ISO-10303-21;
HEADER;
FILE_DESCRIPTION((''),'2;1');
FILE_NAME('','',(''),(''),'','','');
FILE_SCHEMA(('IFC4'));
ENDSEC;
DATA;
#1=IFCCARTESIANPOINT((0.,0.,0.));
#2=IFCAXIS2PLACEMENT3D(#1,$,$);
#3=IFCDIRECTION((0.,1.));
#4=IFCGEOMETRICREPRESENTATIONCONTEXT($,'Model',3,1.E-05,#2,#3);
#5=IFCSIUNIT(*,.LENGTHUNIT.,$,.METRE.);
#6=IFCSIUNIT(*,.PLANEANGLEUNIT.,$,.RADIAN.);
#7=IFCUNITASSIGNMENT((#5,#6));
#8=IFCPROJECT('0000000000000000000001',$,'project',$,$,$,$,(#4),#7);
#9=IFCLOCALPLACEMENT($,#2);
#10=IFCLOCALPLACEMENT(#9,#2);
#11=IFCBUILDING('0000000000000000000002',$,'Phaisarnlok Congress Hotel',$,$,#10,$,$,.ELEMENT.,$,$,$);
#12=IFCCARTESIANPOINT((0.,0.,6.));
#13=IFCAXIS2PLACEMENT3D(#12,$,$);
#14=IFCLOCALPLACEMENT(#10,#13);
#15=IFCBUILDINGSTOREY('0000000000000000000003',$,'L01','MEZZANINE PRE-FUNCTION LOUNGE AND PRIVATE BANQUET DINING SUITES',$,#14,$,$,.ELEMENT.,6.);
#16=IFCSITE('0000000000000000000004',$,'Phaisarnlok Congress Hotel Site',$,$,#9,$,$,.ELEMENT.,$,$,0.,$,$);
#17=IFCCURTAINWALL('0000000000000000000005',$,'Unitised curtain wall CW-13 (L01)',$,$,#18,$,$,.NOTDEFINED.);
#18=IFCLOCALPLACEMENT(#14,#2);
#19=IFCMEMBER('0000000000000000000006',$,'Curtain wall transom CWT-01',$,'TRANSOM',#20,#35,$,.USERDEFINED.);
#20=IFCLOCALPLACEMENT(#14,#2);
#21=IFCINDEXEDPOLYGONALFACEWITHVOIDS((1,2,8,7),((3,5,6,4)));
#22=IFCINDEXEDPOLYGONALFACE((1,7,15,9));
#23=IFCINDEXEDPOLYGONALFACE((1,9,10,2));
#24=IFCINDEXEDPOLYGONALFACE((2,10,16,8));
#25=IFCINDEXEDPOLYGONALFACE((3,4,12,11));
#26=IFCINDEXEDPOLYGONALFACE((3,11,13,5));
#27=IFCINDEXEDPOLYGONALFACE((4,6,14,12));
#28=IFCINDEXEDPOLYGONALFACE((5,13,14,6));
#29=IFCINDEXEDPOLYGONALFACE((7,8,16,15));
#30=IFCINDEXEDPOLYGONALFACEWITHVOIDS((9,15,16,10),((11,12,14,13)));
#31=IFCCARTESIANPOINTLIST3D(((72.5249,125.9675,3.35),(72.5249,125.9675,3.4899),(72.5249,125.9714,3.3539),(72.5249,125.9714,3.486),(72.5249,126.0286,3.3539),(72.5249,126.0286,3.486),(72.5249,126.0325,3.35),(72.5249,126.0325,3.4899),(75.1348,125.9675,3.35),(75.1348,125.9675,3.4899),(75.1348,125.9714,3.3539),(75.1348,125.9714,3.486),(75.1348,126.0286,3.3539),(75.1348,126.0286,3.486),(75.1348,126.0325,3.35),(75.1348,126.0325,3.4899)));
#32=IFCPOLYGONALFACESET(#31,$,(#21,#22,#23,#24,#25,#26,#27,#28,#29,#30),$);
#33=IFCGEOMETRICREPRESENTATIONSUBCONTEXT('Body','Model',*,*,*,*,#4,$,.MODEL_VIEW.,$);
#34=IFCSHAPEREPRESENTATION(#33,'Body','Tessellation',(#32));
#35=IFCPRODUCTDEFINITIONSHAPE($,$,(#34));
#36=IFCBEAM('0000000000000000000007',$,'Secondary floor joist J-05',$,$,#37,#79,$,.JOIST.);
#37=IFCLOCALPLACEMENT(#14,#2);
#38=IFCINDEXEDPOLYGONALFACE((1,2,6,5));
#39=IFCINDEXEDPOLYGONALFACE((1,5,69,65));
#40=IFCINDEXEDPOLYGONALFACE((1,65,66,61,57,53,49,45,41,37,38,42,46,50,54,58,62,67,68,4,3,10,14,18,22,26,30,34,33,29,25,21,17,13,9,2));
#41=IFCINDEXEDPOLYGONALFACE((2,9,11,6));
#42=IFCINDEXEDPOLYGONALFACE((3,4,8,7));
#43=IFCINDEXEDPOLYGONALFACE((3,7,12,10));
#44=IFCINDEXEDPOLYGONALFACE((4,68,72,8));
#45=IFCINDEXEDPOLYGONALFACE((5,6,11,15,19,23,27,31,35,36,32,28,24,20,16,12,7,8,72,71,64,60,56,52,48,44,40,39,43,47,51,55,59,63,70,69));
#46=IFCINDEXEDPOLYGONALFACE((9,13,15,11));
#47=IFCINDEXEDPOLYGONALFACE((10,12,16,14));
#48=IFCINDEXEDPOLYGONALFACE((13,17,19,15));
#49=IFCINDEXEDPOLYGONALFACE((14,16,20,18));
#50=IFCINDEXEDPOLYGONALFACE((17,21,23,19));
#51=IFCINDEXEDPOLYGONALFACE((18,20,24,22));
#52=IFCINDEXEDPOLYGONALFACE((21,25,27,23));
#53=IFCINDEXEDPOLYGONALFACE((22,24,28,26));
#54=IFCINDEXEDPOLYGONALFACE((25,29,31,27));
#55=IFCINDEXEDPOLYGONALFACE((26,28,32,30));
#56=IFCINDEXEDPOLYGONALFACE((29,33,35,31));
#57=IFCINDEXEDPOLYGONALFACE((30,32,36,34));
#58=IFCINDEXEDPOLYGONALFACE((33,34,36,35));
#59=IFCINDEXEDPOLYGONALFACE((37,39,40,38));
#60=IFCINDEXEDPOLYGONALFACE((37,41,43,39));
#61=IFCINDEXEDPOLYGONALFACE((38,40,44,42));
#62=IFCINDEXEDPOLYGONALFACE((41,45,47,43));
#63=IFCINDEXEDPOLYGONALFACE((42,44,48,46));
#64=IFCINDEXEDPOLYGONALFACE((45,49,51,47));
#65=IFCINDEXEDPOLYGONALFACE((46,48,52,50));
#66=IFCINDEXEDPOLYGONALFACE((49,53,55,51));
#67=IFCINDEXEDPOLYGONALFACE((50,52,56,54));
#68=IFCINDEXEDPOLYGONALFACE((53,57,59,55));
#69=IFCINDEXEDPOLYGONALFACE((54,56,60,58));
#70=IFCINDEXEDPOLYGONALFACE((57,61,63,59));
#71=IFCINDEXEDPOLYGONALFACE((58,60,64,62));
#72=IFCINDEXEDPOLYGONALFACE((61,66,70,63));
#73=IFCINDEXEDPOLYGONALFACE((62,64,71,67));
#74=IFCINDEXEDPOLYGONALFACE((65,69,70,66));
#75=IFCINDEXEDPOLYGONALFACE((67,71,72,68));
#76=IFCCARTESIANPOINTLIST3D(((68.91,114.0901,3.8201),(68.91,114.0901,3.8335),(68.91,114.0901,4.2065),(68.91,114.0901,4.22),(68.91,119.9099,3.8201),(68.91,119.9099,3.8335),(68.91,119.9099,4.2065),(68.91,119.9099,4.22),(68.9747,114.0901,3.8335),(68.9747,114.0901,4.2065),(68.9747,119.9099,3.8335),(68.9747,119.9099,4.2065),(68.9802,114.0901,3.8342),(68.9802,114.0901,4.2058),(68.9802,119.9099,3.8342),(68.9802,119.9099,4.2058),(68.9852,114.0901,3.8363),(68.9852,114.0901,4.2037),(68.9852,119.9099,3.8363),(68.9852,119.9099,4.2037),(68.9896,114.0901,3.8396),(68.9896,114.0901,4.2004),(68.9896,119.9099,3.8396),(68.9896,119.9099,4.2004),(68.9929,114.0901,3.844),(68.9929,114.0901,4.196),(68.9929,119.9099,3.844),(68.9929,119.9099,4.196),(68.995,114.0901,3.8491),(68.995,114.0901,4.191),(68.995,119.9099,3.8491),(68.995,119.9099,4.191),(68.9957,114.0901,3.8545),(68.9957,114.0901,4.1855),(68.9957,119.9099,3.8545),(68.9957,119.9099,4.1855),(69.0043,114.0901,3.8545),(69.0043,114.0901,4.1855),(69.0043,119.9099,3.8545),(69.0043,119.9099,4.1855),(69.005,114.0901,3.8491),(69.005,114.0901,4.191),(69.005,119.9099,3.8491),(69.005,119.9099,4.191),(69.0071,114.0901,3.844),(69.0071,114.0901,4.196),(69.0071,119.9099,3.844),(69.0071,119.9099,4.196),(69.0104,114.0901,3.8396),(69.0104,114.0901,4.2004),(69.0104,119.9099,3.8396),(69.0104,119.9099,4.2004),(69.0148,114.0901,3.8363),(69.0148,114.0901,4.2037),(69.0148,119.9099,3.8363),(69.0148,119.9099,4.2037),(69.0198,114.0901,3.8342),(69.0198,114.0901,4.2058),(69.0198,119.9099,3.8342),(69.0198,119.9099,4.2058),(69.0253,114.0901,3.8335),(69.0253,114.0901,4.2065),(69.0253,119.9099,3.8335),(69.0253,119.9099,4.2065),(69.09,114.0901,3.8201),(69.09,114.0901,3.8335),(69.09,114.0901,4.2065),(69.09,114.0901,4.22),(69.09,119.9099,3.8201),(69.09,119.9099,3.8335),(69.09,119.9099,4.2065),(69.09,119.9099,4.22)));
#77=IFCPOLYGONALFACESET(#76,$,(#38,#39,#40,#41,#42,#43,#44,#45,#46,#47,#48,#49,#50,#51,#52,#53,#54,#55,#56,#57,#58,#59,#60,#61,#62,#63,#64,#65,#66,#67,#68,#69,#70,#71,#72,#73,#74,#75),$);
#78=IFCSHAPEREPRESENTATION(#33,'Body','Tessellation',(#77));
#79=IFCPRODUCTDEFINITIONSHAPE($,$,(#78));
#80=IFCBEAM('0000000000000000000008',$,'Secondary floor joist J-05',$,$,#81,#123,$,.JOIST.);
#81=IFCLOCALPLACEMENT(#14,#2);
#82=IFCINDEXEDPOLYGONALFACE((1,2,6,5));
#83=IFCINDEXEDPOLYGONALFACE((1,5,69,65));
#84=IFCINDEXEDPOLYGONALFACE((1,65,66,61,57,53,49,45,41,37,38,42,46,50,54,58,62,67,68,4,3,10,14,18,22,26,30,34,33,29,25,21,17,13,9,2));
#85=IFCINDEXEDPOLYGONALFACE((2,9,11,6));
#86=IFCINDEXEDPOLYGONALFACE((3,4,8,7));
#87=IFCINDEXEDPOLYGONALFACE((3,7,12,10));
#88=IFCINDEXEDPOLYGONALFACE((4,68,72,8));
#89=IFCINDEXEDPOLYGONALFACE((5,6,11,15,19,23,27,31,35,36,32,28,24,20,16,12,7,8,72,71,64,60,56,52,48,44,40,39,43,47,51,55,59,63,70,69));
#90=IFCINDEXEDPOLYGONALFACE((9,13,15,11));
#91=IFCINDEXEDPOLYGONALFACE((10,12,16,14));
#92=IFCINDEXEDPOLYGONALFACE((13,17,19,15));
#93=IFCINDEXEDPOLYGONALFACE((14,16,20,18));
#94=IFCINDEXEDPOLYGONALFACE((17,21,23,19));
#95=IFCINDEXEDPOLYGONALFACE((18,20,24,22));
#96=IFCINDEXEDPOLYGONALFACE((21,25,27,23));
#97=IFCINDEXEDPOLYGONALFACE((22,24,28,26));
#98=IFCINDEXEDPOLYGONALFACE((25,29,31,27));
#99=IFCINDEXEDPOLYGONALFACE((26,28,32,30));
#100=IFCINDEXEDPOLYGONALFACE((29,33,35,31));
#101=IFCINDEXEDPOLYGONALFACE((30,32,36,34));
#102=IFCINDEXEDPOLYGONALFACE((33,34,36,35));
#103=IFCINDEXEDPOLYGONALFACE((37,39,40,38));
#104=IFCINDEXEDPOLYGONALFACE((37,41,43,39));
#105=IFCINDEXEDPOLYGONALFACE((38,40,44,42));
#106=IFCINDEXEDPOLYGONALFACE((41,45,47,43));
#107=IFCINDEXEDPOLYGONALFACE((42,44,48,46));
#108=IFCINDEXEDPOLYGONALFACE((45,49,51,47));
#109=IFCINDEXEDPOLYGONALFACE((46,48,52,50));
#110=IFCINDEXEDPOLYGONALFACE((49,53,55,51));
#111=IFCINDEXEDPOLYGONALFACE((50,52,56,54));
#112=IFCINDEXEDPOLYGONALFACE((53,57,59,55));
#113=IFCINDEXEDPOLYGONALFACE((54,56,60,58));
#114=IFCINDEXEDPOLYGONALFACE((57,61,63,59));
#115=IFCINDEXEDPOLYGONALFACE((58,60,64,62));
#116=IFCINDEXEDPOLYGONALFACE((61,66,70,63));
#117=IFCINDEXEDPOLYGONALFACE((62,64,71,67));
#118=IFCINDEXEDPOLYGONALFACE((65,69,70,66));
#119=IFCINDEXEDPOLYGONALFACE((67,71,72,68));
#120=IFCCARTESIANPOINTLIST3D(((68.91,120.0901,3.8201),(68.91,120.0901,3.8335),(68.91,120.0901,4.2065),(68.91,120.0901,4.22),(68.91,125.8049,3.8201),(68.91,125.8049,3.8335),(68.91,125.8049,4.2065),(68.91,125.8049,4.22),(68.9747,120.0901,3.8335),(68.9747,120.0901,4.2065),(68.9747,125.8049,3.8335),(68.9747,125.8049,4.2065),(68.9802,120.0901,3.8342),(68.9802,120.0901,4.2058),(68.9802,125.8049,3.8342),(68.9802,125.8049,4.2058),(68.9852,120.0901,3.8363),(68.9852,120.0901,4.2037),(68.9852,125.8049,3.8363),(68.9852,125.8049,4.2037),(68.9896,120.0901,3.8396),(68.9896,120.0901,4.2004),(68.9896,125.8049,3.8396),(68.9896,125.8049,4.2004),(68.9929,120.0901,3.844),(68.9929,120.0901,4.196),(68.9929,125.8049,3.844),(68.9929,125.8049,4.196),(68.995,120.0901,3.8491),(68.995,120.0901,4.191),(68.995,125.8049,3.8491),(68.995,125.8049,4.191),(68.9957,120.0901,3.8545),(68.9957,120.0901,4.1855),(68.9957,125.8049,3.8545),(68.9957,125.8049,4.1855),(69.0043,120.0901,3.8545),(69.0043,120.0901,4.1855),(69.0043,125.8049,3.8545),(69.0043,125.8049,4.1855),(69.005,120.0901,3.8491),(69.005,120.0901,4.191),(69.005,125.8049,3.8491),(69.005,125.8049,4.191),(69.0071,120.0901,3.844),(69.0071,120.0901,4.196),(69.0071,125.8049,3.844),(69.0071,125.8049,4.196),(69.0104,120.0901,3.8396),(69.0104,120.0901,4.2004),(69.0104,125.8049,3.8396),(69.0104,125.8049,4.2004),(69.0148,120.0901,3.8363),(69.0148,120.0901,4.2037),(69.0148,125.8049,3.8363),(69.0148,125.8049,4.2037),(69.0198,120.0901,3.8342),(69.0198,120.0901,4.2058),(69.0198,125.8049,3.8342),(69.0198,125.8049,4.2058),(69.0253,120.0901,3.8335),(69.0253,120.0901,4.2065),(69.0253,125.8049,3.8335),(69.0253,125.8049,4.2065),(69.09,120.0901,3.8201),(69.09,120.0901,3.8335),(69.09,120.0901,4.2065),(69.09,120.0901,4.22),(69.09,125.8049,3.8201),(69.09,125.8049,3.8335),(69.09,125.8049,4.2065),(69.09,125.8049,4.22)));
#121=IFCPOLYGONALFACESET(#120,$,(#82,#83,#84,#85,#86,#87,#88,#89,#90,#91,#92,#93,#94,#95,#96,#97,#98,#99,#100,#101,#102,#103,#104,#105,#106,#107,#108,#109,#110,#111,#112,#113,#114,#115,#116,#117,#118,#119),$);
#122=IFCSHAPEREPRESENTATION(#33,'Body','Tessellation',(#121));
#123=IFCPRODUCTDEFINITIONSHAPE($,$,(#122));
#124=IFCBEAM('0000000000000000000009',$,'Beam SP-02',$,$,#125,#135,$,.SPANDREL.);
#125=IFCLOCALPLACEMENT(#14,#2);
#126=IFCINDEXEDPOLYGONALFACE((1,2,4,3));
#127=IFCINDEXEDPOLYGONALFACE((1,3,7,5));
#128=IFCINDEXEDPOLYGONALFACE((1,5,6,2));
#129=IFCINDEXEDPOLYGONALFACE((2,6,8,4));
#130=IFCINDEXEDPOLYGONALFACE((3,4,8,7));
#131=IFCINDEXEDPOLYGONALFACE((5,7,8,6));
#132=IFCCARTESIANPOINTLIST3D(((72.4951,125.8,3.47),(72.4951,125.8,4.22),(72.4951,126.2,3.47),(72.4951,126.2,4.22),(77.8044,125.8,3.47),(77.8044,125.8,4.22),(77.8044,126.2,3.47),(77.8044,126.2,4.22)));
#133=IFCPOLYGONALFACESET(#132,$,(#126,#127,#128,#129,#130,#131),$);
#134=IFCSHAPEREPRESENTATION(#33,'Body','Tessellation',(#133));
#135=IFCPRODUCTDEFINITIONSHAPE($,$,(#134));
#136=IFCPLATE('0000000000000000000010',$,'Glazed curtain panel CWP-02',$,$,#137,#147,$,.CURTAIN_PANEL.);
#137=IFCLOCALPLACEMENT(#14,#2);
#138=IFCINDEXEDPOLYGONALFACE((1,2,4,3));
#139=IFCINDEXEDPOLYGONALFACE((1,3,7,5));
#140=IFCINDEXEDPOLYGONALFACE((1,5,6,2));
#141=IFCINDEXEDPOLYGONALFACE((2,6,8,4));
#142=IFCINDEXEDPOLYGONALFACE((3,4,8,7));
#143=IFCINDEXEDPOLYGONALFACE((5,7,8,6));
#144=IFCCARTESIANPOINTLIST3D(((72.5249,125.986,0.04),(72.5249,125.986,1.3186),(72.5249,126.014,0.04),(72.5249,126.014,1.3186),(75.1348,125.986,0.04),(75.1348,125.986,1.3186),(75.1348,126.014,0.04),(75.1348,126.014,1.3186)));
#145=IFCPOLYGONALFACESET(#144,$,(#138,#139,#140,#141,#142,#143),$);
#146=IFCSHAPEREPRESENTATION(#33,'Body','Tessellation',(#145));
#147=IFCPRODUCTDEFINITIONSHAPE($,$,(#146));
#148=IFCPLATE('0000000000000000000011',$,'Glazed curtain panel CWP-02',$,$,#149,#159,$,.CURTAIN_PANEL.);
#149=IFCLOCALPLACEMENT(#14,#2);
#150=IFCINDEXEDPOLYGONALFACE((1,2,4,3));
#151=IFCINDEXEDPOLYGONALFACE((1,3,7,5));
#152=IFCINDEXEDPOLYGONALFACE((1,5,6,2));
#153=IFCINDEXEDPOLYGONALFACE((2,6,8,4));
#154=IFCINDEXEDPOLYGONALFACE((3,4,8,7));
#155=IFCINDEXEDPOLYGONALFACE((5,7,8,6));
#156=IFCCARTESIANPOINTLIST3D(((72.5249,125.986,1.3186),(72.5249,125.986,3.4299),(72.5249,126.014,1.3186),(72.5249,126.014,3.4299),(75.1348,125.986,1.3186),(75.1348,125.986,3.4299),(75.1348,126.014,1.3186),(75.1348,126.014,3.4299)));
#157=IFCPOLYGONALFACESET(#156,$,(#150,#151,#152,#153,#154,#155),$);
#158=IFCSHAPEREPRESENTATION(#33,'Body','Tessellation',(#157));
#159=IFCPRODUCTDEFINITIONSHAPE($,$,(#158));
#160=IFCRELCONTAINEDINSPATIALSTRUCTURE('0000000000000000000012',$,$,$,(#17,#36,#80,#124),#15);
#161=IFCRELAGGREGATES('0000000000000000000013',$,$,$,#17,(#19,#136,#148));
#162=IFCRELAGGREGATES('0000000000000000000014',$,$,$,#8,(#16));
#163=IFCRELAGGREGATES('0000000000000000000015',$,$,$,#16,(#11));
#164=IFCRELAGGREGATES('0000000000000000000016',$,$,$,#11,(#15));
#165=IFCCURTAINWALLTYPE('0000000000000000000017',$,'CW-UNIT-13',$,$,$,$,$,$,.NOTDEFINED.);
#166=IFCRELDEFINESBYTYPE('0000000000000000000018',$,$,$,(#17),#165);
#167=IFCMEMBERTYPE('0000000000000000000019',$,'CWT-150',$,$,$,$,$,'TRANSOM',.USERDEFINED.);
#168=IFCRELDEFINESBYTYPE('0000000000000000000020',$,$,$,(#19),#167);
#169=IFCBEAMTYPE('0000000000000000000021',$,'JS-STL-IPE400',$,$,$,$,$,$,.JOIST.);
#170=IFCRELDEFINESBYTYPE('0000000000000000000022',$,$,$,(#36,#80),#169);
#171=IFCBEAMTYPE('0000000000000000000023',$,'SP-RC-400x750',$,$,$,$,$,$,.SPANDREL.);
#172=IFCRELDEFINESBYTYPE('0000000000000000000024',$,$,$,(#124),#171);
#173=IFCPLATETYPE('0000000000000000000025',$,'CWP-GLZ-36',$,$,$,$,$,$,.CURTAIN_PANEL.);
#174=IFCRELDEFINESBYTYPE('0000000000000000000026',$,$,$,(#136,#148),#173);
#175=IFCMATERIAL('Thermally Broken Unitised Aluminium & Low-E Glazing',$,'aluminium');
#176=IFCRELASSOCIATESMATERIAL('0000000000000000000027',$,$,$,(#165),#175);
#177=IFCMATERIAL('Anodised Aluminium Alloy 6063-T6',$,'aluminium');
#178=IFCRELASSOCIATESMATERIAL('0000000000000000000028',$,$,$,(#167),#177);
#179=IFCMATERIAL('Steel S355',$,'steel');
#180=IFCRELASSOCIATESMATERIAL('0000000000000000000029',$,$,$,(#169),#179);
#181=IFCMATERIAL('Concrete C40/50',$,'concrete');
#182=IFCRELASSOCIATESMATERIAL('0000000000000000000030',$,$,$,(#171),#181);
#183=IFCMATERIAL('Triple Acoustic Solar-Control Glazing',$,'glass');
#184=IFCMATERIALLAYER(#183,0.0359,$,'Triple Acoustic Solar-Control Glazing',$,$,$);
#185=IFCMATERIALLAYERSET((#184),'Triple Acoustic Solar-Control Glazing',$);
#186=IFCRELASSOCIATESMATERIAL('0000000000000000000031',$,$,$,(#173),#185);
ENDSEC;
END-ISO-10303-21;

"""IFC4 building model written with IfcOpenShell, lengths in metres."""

from ifc_helpers import new_model, si_unit, direction, frame, frame_2d, origin, origin_2d, place, context, subcontext, project, spatial, rectangle, hollow_rectangle, i_section, extrude, material, layer, layer_set, material_profile, profile_set, type_object, element, aggregate, save


model = new_model("IFC4")

# Units and contexts
model_context = context("Model", 3, precision=1e-05, world=origin(), true_north=direction((0.0, 1.0)))
body_context = subcontext(model_context, "Body", "Model", "MODEL_VIEW")
ifc_project = project(units=[si_unit("LENGTHUNIT", "METRE"), si_unit("PLANEANGLEUNIT", "RADIAN")], contexts=[model_context])

# Site, building, storey
site_placement = place(None, origin())
site = spatial("IfcSite", under=ifc_project, at=site_placement, Name="Phaisarnlok Congress Hotel Site", CompositionType="ELEMENT", RefElevation=0.0)
building_placement = place(site_placement, origin())
building = spatial("IfcBuilding", under=site, at=building_placement, Name="Phaisarnlok Congress Hotel", CompositionType="ELEMENT")
storey_placement = place(building_placement, frame((0.0, 0.0, 6.0)))
storey = spatial("IfcBuildingStorey", under=building, at=storey_placement, Name="L01", Description="MEZZANINE PRE-FUNCTION LOUNGE AND PRIVATE BANQUET DINING SUITES", CompositionType="ELEMENT", Elevation=6.0)

# Shared definitions
ifc_material_1 = material(Name="Concrete C40/50", Category="concrete")

# Curtain wall, member
ifc_material_2 = material(Name="Thermally Broken Unitised Aluminium & Low-E Glazing", Category="aluminium")
curtain_wall_type = type_object("IfcCurtainWallType", Name="CW-UNIT-13", PredefinedType="NOTDEFINED", material=ifc_material_2)
curtain_wall_placement = place(storey_placement, origin())
curtain_wall = element("IfcCurtainWall", 1, at=curtain_wall_placement, inside=storey, type_object=curtain_wall_type, Name="Unitised curtain wall CW-13 (L01)", PredefinedType="NOTDEFINED")
ifc_material_3 = material(Name="Anodised Aluminium Alloy 6063-T6", Category="aluminium")
ifc_material_profile_1 = material_profile(ifc_material_3, hollow_rectangle(XDim=0.0649, YDim=0.1399, WallThickness=0.0039, at=origin_2d()), Name="ALU-T 65x140x4")
ifc_profile_set_1 = profile_set([ifc_material_profile_1], Name="Anodised Aluminium Alloy 6063-T6")
member_type_1 = type_object("IfcMemberType", Name="CWT-150", ElementType="TRANSOM", PredefinedType="USERDEFINED", material=ifc_profile_set_1)
member_1_placement = place(storey_placement, frame((75.1348, 126.0, 3.4199), z_axis=(-1.0, 0.0, 0.0), x_axis=(0.0, -1.0, 0.0)))
member_1 = element("IfcMember", 2, at=member_1_placement, type_object=member_type_1, Name="Curtain wall transom CWT-01", ObjectType="TRANSOM", PredefinedType="USERDEFINED", context=body_context, shape_type="SweptSolid", body=[
    extrude(hollow_rectangle(XDim=0.0649, YDim=0.1399, WallThickness=0.0039, at=origin_2d()), origin(), (0.0, 0.0, 1.0), 2.6099),
])

# Beams
ifc_material_4 = material(Name="Steel S355", Category="steel")
ifc_material_profile_2 = material_profile(ifc_material_4, i_section(OverallWidth=0.1799, OverallDepth=0.3999, WebThickness=0.0085, FlangeThickness=0.0134, FilletRadius=0.021, at=origin_2d()), Name="IPE 400")
ifc_profile_set_2 = profile_set([ifc_material_profile_2], Name="Steel S355")
beam_type_1 = type_object("IfcBeamType", Name="JS-STL-IPE400", PredefinedType="JOIST", material=ifc_profile_set_2)
beam_1_placement = place(storey_placement, frame((69.0, 114.0901, 4.02), z_axis=(0.0, 1.0, 0.0), x_axis=(-1.0, 0.0, 0.0)))
element("IfcBeam", 3, at=beam_1_placement, inside=storey, type_object=beam_type_1, Name="Secondary floor joist J-05", PredefinedType="JOIST", context=body_context, shape_type="SweptSolid", body=[
    extrude(i_section(OverallWidth=0.1799, OverallDepth=0.3999, WebThickness=0.0085, FlangeThickness=0.0134, FilletRadius=0.021, at=origin_2d()), origin(), (0.0, 0.0, 1.0), 5.8198),
])
beam_2_placement = place(storey_placement, frame((69.0, 120.0901, 4.02), z_axis=(0.0, 1.0, 0.0), x_axis=(-1.0, 0.0, 0.0)))
element("IfcBeam", 4, at=beam_2_placement, inside=storey, type_object=beam_type_1, Name="Secondary floor joist J-05", PredefinedType="JOIST", context=body_context, shape_type="SweptSolid", body=[
    extrude(i_section(OverallWidth=0.1799, OverallDepth=0.3999, WebThickness=0.0085, FlangeThickness=0.0134, FilletRadius=0.021, at=origin_2d()), origin(), (0.0, 0.0, 1.0), 5.7148),
])
ifc_material_profile_3 = material_profile(ifc_material_1, rectangle(XDim=0.3999, YDim=0.75, at=origin_2d()), Name="RC 400x750")
ifc_profile_set_3 = profile_set([ifc_material_profile_3], Name="Concrete C40/50")
beam_type_2 = type_object("IfcBeamType", Name="SP-RC-400x750", PredefinedType="SPANDREL", material=ifc_profile_set_3)
beam_3_placement = place(storey_placement, frame((72.4951, 126.0, 3.845), z_axis=(1.0, 0.0, 0.0), x_axis=(0.0, 1.0, 0.0)))
element("IfcBeam", 5, at=beam_3_placement, inside=storey, type_object=beam_type_2, Name="Beam SP-02", PredefinedType="SPANDREL", context=body_context, shape_type="SweptSolid", body=[
    extrude(rectangle(XDim=0.3999, YDim=0.75, at=origin_2d()), origin(), (0.0, 0.0, 1.0), 5.3093),
])

# Plates
ifc_material_5 = material(Name="Triple Acoustic Solar-Control Glazing", Category="glass")
ifc_layer_1 = layer(ifc_material_5, 0.0359, Name="Triple Acoustic Solar-Control Glazing")
ifc_layer_set_1 = layer_set([ifc_layer_1], Name="Triple Acoustic Solar-Control Glazing")
plate_type = type_object("IfcPlateType", Name="CWP-GLZ-36", PredefinedType="CURTAIN_PANEL", material=ifc_layer_set_1)
plate_1_placement = place(storey_placement, frame((75.1348, 126.0, 0.04), z_axis=(0.0, 0.0, 1.0), x_axis=(-1.0, 0.0, 0.0)))
plate_1 = element("IfcPlate", 6, at=plate_1_placement, type_object=plate_type, Name="Glazed curtain panel CWP-02", PredefinedType="CURTAIN_PANEL", context=body_context, shape_type="SweptSolid", body=[
    extrude(rectangle(XDim=2.6099, YDim=0.0281, at=frame_2d((1.3049, 0.0))), origin(), (0.0, 0.0, 1.0), 1.2786),
])
plate_2_placement = place(storey_placement, frame((75.1348, 126.0, 1.3186), z_axis=(0.0, 0.0, 1.0), x_axis=(-1.0, 0.0, 0.0)))
plate_2 = element("IfcPlate", 7, at=plate_2_placement, type_object=plate_type, Name="Glazed curtain panel CWP-02", PredefinedType="CURTAIN_PANEL", context=body_context, shape_type="SweptSolid", body=[
    extrude(rectangle(XDim=2.6099, YDim=0.0281, at=frame_2d((1.3049, 0.0))), origin(), (0.0, 0.0, 1.0), 2.1113),
])
aggregate(curtain_wall, [member_1, plate_1, plate_2])

save(model, "model.ifc")
